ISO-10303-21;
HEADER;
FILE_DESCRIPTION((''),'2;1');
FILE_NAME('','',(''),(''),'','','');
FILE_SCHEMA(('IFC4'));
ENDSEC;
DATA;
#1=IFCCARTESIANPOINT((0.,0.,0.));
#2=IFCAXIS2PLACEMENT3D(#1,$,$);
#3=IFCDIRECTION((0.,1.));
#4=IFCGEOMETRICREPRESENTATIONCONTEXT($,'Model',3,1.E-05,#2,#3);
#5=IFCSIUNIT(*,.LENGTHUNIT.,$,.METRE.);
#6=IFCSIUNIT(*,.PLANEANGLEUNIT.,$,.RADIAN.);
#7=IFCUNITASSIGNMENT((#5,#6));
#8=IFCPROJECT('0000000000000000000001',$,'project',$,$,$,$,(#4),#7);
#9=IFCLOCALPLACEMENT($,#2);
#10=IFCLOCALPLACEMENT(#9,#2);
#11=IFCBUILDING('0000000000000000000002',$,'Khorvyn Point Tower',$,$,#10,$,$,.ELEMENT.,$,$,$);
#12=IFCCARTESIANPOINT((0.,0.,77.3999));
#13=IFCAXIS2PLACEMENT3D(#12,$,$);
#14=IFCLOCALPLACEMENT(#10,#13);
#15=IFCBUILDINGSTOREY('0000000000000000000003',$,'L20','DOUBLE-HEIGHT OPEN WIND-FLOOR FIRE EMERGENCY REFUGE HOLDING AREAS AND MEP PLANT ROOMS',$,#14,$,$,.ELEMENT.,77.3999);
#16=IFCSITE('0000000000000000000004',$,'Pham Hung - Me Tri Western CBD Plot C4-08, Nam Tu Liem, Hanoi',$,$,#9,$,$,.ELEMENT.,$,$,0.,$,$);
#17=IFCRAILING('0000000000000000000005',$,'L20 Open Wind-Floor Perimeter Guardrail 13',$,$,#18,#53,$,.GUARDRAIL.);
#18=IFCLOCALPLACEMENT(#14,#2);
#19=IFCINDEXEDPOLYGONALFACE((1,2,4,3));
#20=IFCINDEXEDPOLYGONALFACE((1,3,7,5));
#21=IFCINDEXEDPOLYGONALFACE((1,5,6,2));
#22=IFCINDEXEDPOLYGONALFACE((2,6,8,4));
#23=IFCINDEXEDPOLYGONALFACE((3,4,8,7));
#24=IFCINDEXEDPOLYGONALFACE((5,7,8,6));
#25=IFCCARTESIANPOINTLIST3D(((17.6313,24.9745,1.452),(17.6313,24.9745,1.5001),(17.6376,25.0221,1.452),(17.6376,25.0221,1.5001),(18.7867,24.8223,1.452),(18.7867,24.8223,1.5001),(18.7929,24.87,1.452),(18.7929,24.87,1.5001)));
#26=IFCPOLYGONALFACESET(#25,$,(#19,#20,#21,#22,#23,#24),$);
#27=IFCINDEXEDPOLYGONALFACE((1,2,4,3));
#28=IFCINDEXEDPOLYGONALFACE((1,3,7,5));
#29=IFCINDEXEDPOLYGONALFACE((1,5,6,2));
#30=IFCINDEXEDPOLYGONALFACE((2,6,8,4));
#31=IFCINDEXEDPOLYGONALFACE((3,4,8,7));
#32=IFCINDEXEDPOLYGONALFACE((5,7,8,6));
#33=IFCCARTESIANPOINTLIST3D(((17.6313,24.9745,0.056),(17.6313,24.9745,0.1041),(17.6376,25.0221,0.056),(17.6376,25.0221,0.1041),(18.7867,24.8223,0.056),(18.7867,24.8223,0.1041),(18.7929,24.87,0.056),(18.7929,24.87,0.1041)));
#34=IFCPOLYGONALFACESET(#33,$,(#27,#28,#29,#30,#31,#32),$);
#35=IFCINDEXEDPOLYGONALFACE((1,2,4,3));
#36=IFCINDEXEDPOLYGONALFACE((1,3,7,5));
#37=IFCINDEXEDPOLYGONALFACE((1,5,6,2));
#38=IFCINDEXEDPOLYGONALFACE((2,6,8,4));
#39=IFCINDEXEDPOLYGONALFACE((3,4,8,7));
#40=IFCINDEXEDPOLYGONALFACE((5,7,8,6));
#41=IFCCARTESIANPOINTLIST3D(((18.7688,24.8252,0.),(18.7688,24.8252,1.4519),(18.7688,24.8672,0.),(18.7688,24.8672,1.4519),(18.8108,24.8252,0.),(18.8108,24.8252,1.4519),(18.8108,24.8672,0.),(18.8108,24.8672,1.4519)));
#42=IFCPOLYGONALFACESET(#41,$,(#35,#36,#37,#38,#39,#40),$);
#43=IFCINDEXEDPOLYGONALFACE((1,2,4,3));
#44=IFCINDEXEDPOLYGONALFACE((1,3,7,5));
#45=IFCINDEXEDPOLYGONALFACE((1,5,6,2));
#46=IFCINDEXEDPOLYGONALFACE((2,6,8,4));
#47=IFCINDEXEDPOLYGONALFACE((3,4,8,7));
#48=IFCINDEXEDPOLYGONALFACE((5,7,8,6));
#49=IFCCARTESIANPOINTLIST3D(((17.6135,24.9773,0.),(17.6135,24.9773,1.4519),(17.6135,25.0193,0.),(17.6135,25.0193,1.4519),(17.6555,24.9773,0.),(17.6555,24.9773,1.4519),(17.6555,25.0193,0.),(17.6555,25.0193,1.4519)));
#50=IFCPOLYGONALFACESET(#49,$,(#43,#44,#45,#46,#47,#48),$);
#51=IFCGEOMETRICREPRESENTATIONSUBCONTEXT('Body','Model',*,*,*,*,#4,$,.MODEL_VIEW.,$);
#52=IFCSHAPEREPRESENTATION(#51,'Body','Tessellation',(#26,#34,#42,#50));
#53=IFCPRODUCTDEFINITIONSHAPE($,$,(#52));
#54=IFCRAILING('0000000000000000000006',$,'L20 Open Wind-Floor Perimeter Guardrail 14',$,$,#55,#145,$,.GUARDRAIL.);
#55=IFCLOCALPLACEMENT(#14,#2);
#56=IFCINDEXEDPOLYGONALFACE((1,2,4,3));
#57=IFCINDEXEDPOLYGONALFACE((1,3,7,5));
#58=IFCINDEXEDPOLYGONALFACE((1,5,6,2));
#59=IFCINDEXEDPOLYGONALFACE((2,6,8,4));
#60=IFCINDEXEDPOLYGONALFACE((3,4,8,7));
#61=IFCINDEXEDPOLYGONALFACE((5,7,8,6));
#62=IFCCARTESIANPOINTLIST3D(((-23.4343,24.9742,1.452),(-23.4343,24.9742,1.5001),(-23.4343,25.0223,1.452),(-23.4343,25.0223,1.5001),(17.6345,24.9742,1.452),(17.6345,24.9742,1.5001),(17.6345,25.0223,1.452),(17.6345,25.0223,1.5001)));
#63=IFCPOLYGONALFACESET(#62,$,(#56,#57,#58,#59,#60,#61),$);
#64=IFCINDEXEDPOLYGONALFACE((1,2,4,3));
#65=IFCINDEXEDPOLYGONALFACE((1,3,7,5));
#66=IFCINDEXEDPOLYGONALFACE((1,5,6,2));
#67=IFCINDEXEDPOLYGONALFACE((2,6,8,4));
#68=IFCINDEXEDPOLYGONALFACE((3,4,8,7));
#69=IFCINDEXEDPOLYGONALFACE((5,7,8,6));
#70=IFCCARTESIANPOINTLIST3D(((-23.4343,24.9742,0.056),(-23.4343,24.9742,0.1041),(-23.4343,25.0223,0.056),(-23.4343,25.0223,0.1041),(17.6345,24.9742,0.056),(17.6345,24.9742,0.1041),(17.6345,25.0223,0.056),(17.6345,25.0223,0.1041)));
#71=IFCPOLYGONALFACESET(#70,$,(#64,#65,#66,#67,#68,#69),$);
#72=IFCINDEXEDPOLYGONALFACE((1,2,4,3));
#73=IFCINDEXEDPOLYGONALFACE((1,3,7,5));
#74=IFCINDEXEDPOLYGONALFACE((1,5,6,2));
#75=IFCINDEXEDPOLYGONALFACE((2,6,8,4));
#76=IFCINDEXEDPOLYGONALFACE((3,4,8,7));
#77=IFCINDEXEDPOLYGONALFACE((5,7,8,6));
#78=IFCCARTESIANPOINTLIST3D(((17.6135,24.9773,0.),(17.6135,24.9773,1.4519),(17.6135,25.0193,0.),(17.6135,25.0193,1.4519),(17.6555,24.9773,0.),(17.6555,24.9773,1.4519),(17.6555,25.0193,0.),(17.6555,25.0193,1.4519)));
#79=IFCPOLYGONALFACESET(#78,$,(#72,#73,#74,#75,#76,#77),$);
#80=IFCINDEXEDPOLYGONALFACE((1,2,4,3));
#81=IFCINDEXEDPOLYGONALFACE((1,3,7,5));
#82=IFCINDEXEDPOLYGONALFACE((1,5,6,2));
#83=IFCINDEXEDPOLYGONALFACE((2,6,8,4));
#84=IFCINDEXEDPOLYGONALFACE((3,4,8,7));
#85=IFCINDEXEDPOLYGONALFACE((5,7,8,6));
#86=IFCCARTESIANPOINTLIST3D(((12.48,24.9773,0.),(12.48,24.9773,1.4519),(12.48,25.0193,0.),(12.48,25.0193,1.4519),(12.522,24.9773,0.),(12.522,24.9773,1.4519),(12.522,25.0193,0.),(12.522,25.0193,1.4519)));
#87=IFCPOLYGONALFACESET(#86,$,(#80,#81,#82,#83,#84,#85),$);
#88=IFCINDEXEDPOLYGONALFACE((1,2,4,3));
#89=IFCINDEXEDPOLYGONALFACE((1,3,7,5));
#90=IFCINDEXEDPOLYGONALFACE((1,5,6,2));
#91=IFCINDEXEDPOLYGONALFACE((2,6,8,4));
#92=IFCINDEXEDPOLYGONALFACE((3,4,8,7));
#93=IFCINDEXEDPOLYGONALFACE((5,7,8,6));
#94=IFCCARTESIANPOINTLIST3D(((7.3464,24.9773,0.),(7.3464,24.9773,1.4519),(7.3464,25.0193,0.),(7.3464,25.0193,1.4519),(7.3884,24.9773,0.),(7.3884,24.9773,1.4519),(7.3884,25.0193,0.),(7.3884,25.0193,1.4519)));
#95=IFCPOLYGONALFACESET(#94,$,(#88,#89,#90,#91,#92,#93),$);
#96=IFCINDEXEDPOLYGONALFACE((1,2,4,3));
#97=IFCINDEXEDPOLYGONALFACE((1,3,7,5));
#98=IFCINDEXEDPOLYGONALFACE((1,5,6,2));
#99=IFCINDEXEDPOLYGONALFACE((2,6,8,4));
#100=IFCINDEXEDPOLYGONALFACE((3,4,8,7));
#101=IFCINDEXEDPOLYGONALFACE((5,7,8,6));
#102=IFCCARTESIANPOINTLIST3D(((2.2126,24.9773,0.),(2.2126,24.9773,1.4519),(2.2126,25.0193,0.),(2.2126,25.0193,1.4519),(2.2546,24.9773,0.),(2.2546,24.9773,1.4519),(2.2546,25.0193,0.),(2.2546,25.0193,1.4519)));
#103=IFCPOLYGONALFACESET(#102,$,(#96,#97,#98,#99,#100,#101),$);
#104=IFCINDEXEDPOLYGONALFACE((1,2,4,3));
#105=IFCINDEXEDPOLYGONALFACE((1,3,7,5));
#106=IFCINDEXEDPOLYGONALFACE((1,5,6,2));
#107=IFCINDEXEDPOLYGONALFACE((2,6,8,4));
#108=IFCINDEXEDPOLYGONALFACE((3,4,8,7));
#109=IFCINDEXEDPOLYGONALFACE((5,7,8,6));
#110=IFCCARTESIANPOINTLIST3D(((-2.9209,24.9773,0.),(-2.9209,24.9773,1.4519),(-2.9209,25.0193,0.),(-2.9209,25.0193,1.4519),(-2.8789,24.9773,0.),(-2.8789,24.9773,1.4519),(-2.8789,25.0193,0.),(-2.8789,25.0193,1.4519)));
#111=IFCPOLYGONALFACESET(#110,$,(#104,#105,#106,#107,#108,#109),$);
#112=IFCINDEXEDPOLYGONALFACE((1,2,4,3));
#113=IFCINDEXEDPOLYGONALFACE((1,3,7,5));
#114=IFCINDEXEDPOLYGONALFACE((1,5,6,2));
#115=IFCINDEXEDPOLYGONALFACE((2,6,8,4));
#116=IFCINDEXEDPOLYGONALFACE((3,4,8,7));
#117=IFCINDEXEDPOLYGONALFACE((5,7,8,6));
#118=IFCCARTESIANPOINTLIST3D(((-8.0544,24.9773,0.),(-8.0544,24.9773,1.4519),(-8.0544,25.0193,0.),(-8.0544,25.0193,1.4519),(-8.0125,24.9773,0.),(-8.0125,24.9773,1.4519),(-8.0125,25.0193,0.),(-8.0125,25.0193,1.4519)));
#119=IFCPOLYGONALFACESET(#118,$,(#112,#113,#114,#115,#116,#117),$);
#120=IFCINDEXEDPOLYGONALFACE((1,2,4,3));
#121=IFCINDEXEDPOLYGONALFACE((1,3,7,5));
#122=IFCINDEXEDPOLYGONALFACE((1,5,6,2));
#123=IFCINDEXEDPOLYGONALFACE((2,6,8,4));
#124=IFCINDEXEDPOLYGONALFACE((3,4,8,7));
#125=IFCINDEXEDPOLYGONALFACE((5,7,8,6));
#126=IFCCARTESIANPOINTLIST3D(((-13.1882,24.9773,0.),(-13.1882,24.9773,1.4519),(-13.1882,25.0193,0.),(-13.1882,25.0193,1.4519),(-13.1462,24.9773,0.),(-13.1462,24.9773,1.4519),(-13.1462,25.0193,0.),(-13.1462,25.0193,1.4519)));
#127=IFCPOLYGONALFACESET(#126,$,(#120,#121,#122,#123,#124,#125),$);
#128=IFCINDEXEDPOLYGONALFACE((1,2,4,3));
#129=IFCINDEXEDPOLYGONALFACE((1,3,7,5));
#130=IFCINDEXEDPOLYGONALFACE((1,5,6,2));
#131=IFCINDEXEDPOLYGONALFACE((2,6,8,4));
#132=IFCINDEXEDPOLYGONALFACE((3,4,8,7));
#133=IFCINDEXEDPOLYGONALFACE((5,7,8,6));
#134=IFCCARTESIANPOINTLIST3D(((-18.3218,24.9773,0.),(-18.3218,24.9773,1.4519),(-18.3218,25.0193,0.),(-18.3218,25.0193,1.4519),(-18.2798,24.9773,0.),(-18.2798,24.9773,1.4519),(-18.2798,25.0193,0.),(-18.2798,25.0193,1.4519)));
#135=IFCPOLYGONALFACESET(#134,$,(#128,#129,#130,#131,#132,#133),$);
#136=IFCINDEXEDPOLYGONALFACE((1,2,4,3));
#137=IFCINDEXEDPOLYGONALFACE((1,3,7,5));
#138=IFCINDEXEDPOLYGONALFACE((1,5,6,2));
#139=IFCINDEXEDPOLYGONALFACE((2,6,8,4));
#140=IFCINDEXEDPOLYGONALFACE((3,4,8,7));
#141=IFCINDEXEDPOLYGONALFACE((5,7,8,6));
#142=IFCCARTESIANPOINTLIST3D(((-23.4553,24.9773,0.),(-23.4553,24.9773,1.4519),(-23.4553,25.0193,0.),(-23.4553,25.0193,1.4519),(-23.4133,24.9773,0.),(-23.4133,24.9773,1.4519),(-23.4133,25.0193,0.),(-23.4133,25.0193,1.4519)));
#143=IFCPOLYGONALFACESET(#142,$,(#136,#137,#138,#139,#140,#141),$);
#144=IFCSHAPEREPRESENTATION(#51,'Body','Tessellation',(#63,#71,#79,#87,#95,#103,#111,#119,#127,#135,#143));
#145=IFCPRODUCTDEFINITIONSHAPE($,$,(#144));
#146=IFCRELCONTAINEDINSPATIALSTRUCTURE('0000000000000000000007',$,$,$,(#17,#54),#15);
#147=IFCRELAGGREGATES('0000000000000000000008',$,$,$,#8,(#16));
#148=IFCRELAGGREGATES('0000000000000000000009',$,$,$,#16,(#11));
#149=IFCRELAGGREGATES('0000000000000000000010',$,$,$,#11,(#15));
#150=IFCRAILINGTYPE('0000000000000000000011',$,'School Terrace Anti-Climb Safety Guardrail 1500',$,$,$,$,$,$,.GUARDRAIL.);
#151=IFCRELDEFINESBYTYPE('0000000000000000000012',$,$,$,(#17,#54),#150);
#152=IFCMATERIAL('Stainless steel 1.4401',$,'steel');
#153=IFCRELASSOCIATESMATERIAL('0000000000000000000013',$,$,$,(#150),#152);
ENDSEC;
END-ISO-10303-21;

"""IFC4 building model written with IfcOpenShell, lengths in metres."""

from ifc_helpers import new_model, si_unit, direction, frame, origin, origin_2d, place, context, subcontext, project, spatial, rectangle, extrude, material, type_object, element, save


model = new_model("IFC4")

# Units and contexts
model_context = context("Model", 3, precision=1e-05, world=origin(), true_north=direction((0.0, 1.0)))
body_context = subcontext(model_context, "Body", "Model", "MODEL_VIEW")
ifc_project = project(units=[si_unit("LENGTHUNIT", "METRE"), si_unit("PLANEANGLEUNIT", "RADIAN")], contexts=[model_context])

# Site, building, storey
site_placement = place(None, origin())
site = spatial("IfcSite", under=ifc_project, at=site_placement, Name="Pham Hung - Me Tri Western CBD Plot C4-08, Nam Tu Liem, Hanoi", CompositionType="ELEMENT", RefElevation=0.0)
building_placement = place(site_placement, origin())
building = spatial("IfcBuilding", under=site, at=building_placement, Name="Khorvyn Point Tower", CompositionType="ELEMENT")
storey_placement = place(building_placement, frame((0.0, 0.0, 77.3999)))
storey = spatial("IfcBuildingStorey", under=building, at=storey_placement, Name="L20", Description="DOUBLE-HEIGHT OPEN WIND-FLOOR FIRE EMERGENCY REFUGE HOLDING AREAS AND MEP PLANT ROOMS", CompositionType="ELEMENT", Elevation=77.3999)

# Railings
ifc_material_1 = material(Name="Stainless steel 1.4401", Category="steel")
railing_type = type_object("IfcRailingType", Name="School Terrace Anti-Climb Safety Guardrail 1500", PredefinedType="GUARDRAIL", material=ifc_material_1)
railing_1_placement = place(storey_placement, frame((18.7898, 24.8462, 0.0)))
element("IfcRailing", 1, at=railing_1_placement, inside=storey, type_object=railing_type, Name="L20 Open Wind-Floor Perimeter Guardrail 13", PredefinedType="GUARDRAIL", context=body_context, shape_type="SweptSolid", body=[
    extrude(rectangle(XDim=0.0481, YDim=0.0481, at=origin_2d()), frame((0.0, 0.0, 1.4761), z_axis=(-0.991444, 0.13053, 0.0), x_axis=(-0.13053, -0.991444, 0.0)), (0.0, 0.0, 1.0), 1.1653),
    extrude(rectangle(XDim=0.0481, YDim=0.0481, at=origin_2d()), frame((0.0, 0.0, 0.0801), z_axis=(-0.991444, 0.13053, 0.0), x_axis=(-0.13053, -0.991444, 0.0)), (0.0, 0.0, 1.0), 1.1653),
    extrude(rectangle(XDim=0.042, YDim=0.042, at=origin_2d()), origin(), (0.0, 0.0, 1.0), 1.4519),
    extrude(rectangle(XDim=0.042, YDim=0.042, at=origin_2d()), frame((-1.1553, 0.1521, 0.0)), (0.0, 0.0, 1.0), 1.4519),
])
railing_2_placement = place(storey_placement, frame((17.6345, 24.9983, 0.0)))
element("IfcRailing", 2, at=railing_2_placement, inside=storey, type_object=railing_type, Name="L20 Open Wind-Floor Perimeter Guardrail 14", PredefinedType="GUARDRAIL", context=body_context, shape_type="SweptSolid", body=[
    extrude(rectangle(XDim=0.0481, YDim=0.0481, at=origin_2d()), frame((0.0, 0.0, 1.4761), z_axis=(-1.0, 0.0, 0.0), x_axis=(0.0, -1.0, 0.0)), (0.0, 0.0, 1.0), 41.0688),
    extrude(rectangle(XDim=0.0481, YDim=0.0481, at=origin_2d()), frame((0.0, 0.0, 0.0801), z_axis=(-1.0, 0.0, 0.0), x_axis=(0.0, -1.0, 0.0)), (0.0, 0.0, 1.0), 41.0688),
    extrude(rectangle(XDim=0.042, YDim=0.042, at=origin_2d()), origin(), (0.0, 0.0, 1.0), 1.4519),
    extrude(rectangle(XDim=0.042, YDim=0.042, at=origin_2d()), frame((-5.1335, 0.0, 0.0)), (0.0, 0.0, 1.0), 1.4519),
    extrude(rectangle(XDim=0.042, YDim=0.042, at=origin_2d()), frame((-10.2671, 0.0, 0.0)), (0.0, 0.0, 1.0), 1.4519),
    extrude(rectangle(XDim=0.042, YDim=0.042, at=origin_2d()), frame((-15.4009, 0.0, 0.0)), (0.0, 0.0, 1.0), 1.4519),
    extrude(rectangle(XDim=0.042, YDim=0.042, at=origin_2d()), frame((-20.5344, 0.0, 0.0)), (0.0, 0.0, 1.0), 1.4519),
    extrude(rectangle(XDim=0.042, YDim=0.042, at=origin_2d()), frame((-25.668, 0.0, 0.0)), (0.0, 0.0, 1.0), 1.4519),
    extrude(rectangle(XDim=0.042, YDim=0.042, at=origin_2d()), frame((-30.8018, 0.0, 0.0)), (0.0, 0.0, 1.0), 1.4519),
    extrude(rectangle(XDim=0.042, YDim=0.042, at=origin_2d()), frame((-35.9353, 0.0, 0.0)), (0.0, 0.0, 1.0), 1.4519),
    extrude(rectangle(XDim=0.042, YDim=0.042, at=origin_2d()), frame((-41.0688, 0.0, 0.0)), (0.0, 0.0, 1.0), 1.4519),
])

save(model, "model.ifc")
